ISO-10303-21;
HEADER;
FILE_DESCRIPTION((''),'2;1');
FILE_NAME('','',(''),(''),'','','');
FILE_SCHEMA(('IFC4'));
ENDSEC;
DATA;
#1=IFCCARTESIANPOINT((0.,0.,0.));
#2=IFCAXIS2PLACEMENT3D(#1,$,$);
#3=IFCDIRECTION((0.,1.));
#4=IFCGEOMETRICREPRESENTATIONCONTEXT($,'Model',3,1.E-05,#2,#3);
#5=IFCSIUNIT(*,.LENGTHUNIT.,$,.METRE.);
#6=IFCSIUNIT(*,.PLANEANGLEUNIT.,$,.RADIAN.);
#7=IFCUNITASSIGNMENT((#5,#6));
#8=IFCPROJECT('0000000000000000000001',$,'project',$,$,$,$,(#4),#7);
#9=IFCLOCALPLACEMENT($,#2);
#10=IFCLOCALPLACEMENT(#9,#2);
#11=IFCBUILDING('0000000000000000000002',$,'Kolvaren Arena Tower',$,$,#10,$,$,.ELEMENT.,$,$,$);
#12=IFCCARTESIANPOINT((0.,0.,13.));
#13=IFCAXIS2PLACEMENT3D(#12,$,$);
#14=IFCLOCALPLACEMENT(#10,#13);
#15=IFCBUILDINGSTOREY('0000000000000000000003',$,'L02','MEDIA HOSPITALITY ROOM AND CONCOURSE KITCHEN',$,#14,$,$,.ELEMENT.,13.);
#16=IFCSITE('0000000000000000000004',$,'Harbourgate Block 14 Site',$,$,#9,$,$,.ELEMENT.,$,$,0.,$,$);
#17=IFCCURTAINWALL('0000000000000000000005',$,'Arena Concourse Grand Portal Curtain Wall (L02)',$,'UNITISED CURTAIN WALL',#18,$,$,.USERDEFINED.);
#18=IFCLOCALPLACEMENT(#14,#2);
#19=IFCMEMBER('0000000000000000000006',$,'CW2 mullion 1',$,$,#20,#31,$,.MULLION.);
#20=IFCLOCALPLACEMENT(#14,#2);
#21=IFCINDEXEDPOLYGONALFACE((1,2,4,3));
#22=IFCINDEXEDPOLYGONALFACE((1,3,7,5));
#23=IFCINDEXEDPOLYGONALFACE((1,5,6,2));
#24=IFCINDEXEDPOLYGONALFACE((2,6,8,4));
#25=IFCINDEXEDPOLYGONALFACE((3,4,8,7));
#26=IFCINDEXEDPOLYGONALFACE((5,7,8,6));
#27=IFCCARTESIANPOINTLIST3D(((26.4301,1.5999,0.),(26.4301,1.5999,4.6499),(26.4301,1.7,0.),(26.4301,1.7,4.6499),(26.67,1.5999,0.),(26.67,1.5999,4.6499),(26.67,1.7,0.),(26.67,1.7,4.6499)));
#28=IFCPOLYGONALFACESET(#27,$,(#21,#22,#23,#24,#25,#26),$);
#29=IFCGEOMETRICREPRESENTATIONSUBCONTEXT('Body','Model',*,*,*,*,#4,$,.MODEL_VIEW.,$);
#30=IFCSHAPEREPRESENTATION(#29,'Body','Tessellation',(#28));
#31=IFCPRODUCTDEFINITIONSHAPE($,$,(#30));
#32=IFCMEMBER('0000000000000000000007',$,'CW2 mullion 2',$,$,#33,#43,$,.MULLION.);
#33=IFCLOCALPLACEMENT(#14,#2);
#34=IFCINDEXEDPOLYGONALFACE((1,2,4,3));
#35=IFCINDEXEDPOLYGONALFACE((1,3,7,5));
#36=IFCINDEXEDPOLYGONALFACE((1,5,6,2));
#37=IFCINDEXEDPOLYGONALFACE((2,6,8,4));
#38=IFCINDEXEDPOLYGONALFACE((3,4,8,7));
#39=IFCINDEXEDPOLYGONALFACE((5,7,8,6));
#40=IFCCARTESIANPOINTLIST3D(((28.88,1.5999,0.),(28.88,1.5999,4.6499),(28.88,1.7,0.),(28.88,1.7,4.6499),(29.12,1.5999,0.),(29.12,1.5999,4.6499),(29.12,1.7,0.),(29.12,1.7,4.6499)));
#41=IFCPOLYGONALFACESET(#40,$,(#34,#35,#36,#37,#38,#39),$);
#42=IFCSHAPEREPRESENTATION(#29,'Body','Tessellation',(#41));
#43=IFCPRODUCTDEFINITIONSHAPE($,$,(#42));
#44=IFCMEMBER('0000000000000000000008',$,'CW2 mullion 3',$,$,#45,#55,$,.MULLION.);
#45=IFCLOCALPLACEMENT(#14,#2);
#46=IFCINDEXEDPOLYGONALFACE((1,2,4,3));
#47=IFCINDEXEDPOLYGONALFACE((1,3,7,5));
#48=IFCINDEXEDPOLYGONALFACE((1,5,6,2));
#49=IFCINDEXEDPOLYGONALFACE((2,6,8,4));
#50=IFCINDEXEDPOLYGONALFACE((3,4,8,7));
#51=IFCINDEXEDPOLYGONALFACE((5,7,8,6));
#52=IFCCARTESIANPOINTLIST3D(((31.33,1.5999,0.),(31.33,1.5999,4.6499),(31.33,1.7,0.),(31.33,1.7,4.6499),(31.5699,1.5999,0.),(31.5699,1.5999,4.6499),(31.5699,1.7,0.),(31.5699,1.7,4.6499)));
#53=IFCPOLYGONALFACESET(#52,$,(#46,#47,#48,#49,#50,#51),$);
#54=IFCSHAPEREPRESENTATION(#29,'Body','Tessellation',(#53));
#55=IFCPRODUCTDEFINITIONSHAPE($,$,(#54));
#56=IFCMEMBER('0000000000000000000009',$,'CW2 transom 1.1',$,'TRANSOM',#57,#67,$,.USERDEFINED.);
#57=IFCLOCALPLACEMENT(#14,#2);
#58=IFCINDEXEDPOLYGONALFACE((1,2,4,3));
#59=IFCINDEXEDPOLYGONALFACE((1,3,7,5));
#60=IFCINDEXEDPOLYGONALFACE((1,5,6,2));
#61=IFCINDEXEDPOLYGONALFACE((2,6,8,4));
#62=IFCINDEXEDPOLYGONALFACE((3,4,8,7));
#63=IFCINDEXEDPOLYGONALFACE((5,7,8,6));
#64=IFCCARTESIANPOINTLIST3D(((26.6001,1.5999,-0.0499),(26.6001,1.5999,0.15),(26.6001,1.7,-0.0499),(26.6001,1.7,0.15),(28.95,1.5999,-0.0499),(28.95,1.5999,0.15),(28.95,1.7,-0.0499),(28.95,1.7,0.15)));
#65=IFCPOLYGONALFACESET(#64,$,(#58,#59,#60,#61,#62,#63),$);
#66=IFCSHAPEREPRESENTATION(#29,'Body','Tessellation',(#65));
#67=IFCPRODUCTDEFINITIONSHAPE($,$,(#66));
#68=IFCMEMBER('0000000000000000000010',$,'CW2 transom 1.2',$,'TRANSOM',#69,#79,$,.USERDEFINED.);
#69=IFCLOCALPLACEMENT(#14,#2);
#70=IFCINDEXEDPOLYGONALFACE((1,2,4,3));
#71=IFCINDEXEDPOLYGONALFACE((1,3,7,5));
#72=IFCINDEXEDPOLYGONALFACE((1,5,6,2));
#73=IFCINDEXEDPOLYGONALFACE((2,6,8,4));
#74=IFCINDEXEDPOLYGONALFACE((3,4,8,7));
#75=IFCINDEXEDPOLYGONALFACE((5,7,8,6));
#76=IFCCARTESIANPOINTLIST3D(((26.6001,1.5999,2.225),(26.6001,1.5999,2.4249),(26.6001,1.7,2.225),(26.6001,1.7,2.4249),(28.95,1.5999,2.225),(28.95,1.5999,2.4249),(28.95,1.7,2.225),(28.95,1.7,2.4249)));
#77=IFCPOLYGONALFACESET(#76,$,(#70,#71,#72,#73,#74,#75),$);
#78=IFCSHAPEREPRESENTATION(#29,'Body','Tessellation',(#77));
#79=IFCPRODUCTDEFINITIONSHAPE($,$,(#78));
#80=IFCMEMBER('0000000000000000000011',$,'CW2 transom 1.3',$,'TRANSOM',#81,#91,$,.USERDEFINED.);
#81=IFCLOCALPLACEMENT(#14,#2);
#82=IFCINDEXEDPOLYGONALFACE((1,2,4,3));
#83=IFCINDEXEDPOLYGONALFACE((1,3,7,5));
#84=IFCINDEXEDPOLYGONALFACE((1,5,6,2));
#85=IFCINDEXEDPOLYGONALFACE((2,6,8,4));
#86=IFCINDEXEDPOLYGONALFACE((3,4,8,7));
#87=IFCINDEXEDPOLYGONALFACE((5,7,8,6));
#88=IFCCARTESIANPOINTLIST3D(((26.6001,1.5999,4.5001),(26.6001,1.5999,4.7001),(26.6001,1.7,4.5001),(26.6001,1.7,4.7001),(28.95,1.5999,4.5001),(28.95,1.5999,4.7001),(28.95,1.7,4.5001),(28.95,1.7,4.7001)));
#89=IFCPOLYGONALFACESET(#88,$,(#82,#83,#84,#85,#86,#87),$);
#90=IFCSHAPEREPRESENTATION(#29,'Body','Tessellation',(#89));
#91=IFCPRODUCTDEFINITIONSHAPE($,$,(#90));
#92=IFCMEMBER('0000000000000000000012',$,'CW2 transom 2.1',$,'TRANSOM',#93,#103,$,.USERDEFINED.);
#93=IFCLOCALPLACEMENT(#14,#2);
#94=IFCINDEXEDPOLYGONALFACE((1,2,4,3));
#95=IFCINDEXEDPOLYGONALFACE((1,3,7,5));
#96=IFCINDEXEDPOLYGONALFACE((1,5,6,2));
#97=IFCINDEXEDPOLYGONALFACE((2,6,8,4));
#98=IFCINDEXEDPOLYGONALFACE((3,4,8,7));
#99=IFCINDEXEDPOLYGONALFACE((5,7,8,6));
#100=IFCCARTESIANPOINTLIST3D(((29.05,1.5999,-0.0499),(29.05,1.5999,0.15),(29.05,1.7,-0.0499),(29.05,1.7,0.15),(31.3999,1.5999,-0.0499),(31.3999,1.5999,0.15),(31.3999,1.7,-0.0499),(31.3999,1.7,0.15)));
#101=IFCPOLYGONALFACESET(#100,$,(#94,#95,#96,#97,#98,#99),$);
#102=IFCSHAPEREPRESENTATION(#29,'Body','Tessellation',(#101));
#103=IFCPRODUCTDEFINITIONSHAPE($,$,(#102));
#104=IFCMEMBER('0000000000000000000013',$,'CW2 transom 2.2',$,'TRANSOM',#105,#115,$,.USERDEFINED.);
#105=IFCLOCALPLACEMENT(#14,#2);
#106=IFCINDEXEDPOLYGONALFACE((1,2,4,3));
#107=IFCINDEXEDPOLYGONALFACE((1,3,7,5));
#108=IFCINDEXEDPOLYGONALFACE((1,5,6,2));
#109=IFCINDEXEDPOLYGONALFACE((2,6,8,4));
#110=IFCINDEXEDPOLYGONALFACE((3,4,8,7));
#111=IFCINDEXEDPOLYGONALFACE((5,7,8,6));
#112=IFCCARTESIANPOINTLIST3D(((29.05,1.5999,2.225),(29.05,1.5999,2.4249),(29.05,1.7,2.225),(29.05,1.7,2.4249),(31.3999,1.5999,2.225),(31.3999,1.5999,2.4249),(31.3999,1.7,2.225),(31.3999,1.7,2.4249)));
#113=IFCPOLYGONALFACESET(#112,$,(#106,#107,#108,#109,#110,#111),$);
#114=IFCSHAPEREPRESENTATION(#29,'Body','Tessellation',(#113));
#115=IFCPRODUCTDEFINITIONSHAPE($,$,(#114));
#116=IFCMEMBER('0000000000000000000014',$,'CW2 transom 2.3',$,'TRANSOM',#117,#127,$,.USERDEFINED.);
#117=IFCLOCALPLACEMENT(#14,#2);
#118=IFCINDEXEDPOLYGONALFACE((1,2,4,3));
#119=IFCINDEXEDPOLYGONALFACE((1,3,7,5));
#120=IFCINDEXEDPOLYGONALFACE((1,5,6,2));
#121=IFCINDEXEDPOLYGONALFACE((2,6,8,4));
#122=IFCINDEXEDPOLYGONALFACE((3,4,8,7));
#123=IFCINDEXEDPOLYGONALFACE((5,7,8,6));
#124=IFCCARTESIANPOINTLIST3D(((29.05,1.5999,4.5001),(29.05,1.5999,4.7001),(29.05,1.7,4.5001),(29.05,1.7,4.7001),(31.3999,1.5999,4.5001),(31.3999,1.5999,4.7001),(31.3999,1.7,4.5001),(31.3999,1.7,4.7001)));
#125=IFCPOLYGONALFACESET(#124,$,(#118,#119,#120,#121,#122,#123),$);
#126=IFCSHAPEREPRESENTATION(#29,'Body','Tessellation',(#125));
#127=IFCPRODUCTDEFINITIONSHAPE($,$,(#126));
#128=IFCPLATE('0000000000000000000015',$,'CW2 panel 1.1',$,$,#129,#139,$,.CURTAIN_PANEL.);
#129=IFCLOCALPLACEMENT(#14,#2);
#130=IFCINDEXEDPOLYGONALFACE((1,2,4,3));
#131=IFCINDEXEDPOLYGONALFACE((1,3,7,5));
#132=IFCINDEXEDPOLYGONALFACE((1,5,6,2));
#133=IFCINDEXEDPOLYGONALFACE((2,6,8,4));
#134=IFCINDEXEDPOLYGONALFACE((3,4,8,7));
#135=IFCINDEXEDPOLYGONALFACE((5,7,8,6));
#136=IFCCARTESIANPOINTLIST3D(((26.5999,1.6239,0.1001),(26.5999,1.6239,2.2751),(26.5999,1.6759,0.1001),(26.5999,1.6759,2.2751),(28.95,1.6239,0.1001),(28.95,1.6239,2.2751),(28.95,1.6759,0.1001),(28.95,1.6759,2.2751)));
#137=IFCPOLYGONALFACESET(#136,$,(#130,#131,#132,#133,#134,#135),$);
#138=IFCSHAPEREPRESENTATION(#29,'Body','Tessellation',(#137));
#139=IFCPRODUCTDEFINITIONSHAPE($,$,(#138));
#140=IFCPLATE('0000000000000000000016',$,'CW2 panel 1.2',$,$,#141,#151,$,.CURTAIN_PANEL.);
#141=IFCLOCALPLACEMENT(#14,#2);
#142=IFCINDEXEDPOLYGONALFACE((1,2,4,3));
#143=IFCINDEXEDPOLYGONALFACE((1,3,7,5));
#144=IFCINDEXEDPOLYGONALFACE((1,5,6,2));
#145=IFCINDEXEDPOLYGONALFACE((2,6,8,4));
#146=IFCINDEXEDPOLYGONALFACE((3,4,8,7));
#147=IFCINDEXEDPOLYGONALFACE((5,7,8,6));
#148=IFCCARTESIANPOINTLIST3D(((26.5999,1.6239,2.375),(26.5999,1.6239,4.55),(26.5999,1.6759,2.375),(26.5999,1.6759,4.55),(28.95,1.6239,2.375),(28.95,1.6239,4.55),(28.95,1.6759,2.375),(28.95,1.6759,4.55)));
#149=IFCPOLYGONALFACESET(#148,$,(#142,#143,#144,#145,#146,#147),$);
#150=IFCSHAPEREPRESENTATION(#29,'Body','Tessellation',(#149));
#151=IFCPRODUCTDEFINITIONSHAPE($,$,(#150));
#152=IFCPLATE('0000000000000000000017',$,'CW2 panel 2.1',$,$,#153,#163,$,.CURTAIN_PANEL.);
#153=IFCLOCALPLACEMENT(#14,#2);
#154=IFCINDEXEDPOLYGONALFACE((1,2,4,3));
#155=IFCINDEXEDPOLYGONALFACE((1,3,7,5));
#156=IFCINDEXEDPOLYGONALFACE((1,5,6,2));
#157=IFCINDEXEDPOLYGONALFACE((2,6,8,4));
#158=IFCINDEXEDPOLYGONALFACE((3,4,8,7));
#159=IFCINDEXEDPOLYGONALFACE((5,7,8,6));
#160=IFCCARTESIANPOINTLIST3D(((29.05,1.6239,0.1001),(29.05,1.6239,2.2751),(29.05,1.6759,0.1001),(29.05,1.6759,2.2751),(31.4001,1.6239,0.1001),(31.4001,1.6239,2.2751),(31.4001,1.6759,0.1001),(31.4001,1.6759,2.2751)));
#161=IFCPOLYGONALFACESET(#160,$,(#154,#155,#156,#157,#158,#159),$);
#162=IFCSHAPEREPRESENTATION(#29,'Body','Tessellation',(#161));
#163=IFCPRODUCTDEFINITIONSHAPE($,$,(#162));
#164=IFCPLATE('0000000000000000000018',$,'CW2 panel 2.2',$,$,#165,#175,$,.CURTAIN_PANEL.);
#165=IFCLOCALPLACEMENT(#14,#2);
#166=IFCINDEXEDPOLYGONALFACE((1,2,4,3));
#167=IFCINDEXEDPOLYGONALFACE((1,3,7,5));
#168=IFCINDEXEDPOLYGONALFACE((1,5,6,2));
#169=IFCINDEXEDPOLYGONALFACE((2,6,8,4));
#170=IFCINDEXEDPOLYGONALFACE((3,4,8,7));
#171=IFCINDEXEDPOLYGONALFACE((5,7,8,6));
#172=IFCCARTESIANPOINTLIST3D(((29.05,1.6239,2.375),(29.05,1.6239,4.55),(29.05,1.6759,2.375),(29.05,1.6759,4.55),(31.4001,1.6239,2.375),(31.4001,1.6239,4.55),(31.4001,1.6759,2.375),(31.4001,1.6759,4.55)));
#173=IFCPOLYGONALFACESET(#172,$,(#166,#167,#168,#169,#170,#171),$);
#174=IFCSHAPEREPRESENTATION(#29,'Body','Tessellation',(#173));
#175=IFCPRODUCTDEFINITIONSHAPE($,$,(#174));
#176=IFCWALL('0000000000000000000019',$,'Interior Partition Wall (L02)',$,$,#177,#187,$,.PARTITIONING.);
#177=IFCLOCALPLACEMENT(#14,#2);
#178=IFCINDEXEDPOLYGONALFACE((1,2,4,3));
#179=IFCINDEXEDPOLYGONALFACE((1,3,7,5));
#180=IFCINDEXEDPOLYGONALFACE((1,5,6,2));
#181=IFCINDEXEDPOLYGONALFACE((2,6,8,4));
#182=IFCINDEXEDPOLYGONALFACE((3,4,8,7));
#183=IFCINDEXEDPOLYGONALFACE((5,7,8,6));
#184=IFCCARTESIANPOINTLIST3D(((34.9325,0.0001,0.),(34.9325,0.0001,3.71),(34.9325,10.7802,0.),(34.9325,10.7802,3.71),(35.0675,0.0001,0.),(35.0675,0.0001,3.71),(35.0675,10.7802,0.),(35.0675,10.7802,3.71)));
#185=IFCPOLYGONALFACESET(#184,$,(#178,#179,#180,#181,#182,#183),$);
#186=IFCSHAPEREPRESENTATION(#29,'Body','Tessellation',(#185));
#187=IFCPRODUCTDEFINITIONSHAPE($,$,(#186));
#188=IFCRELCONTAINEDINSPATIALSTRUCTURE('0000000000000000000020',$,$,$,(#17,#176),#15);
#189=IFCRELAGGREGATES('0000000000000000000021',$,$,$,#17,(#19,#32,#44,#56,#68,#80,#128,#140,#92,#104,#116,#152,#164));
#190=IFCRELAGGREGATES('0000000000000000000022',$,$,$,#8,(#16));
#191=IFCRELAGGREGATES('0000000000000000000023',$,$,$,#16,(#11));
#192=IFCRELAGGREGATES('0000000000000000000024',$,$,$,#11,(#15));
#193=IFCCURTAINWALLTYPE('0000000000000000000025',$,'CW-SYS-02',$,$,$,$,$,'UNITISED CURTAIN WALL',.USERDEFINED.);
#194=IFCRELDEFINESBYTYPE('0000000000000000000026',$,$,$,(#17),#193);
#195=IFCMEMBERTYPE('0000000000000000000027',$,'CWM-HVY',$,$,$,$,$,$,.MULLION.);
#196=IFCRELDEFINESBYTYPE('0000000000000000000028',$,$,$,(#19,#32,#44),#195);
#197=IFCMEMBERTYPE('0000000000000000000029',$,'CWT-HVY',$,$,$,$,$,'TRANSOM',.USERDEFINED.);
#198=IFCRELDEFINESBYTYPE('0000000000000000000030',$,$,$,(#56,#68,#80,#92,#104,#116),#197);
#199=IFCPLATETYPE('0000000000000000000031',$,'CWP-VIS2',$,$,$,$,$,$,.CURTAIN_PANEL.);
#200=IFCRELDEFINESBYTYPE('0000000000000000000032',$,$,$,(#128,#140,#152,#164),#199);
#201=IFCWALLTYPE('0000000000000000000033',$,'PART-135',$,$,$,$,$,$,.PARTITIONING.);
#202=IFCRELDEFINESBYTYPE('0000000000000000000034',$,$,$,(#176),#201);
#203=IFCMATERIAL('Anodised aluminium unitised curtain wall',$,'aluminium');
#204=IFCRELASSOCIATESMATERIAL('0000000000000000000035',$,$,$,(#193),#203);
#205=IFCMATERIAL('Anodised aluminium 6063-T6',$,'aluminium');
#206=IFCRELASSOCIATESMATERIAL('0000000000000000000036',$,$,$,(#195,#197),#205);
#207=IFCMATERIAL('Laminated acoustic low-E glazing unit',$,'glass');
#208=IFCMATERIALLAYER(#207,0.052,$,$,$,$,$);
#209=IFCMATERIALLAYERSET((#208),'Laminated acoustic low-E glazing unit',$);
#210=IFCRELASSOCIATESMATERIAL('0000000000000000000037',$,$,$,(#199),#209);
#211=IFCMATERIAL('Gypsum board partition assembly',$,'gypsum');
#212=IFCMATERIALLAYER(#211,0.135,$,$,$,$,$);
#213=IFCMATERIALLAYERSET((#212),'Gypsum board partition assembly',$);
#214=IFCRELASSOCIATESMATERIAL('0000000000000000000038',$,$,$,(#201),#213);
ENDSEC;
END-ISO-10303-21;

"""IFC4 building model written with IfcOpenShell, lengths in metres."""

from ifc_helpers import new_model, si_unit, direction, frame, frame_2d, origin, origin_2d, place, context, subcontext, project, spatial, rectangle, extrude, material, layer, layer_set, material_profile, profile_set, type_object, element, aggregate, save


model = new_model("IFC4")

# Units and contexts
model_context = context("Model", 3, precision=1e-05, world=origin(), true_north=direction((0.0, 1.0)))
body_context = subcontext(model_context, "Body", "Model", "MODEL_VIEW")
ifc_project = project(units=[si_unit("LENGTHUNIT", "METRE"), si_unit("PLANEANGLEUNIT", "RADIAN")], contexts=[model_context])

# Site, building, storey
site_placement = place(None, origin())
site = spatial("IfcSite", under=ifc_project, at=site_placement, Name="Harbourgate Block 14 Site", CompositionType="ELEMENT", RefElevation=0.0)
building_placement = place(site_placement, origin())
building = spatial("IfcBuilding", under=site, at=building_placement, Name="Kolvaren Arena Tower", CompositionType="ELEMENT")
storey_placement = place(building_placement, frame((0.0, 0.0, 13.0)))
storey = spatial("IfcBuildingStorey", under=building, at=storey_placement, Name="L02", Description="MEDIA HOSPITALITY ROOM AND CONCOURSE KITCHEN", CompositionType="ELEMENT", Elevation=13.0)

# Curtain wall, members, plates
ifc_material_1 = material(Name="Anodised aluminium unitised curtain wall", Category="aluminium")
curtain_wall_type = type_object("IfcCurtainWallType", Name="CW-SYS-02", ElementType="UNITISED CURTAIN WALL", PredefinedType="USERDEFINED", material=ifc_material_1)
curtain_wall_placement = place(storey_placement, origin())
curtain_wall = element("IfcCurtainWall", 1, at=curtain_wall_placement, inside=storey, type_object=curtain_wall_type, Name="Arena Concourse Grand Portal Curtain Wall (L02)", ObjectType="UNITISED CURTAIN WALL", PredefinedType="USERDEFINED")
ifc_material_2 = material(Name="Anodised aluminium 6063-T6", Category="aluminium")
ifc_material_profile_1 = material_profile(ifc_material_2, rectangle(XDim=0.1001, YDim=0.24, at=origin_2d()), Name="ALU-100x240")
ifc_profile_set_1 = profile_set([ifc_material_profile_1], Name="Anodised aluminium 6063-T6")
member_type_1 = type_object("IfcMemberType", Name="CWM-HVY", PredefinedType="MULLION", material=ifc_profile_set_1)
member_1_placement = place(storey_placement, frame((26.55, 1.6499, 0.0), z_axis=(0.0, 0.0, 1.0), x_axis=(0.0, 1.0, 0.0)))
member_1 = element("IfcMember", 2, at=member_1_placement, type_object=member_type_1, Name="CW2 mullion 1", PredefinedType="MULLION", context=body_context, shape_type="SweptSolid", body=[
    extrude(rectangle(XDim=0.1001, YDim=0.24, at=origin_2d()), origin(), (0.0, 0.0, 1.0), 4.6499),
])
member_2_placement = place(storey_placement, frame((29.0, 1.6499, 0.0), z_axis=(0.0, 0.0, 1.0), x_axis=(0.0, 1.0, 0.0)))
member_2 = element("IfcMember", 3, at=member_2_placement, type_object=member_type_1, Name="CW2 mullion 2", PredefinedType="MULLION", context=body_context, shape_type="SweptSolid", body=[
    extrude(rectangle(XDim=0.1001, YDim=0.24, at=origin_2d()), origin(), (0.0, 0.0, 1.0), 4.6499),
])
member_3_placement = place(storey_placement, frame((31.45, 1.6499, 0.0), z_axis=(0.0, 0.0, 1.0), x_axis=(0.0, 1.0, 0.0)))
member_3 = element("IfcMember", 4, at=member_3_placement, type_object=member_type_1, Name="CW2 mullion 3", PredefinedType="MULLION", context=body_context, shape_type="SweptSolid", body=[
    extrude(rectangle(XDim=0.1001, YDim=0.24, at=origin_2d()), origin(), (0.0, 0.0, 1.0), 4.6499),
])
ifc_material_profile_2 = material_profile(ifc_material_2, rectangle(XDim=0.1001, YDim=0.2, at=origin_2d()), Name="ALU-100x200")
ifc_profile_set_2 = profile_set([ifc_material_profile_2], Name="Anodised aluminium 6063-T6")
member_type_2 = type_object("IfcMemberType", Name="CWT-HVY", ElementType="TRANSOM", PredefinedType="USERDEFINED", material=ifc_profile_set_2)
member_4_placement = place(storey_placement, frame((26.6001, 1.6499, 0.05), z_axis=(1.0, 0.0, 0.0), x_axis=(0.0, 1.0, 0.0)))
member_4 = element("IfcMember", 5, at=member_4_placement, type_object=member_type_2, Name="CW2 transom 1.1", ObjectType="TRANSOM", PredefinedType="USERDEFINED", context=body_context, shape_type="SweptSolid", body=[
    extrude(rectangle(XDim=0.1001, YDim=0.2, at=origin_2d()), origin(), (0.0, 0.0, 1.0), 2.3499),
])
member_5_placement = place(storey_placement, frame((26.6001, 1.6499, 2.325), z_axis=(1.0, 0.0, 0.0), x_axis=(0.0, 1.0, 0.0)))
member_5 = element("IfcMember", 6, at=member_5_placement, type_object=member_type_2, Name="CW2 transom 1.2", ObjectType="TRANSOM", PredefinedType="USERDEFINED", context=body_context, shape_type="SweptSolid", body=[
    extrude(rectangle(XDim=0.1001, YDim=0.2, at=origin_2d()), origin(), (0.0, 0.0, 1.0), 2.3499),
])
member_6_placement = place(storey_placement, frame((26.6001, 1.6499, 4.6001), z_axis=(1.0, 0.0, 0.0), x_axis=(0.0, 1.0, 0.0)))
member_6 = element("IfcMember", 7, at=member_6_placement, type_object=member_type_2, Name="CW2 transom 1.3", ObjectType="TRANSOM", PredefinedType="USERDEFINED", context=body_context, shape_type="SweptSolid", body=[
    extrude(rectangle(XDim=0.1001, YDim=0.2, at=origin_2d()), origin(), (0.0, 0.0, 1.0), 2.3499),
])
member_7_placement = place(storey_placement, frame((29.05, 1.6499, 0.05), z_axis=(1.0, 0.0, 0.0), x_axis=(0.0, 1.0, 0.0)))
member_7 = element("IfcMember", 8, at=member_7_placement, type_object=member_type_2, Name="CW2 transom 2.1", ObjectType="TRANSOM", PredefinedType="USERDEFINED", context=body_context, shape_type="SweptSolid", body=[
    extrude(rectangle(XDim=0.1001, YDim=0.2, at=origin_2d()), origin(), (0.0, 0.0, 1.0), 2.3499),
])
member_8_placement = place(storey_placement, frame((29.05, 1.6499, 2.325), z_axis=(1.0, 0.0, 0.0), x_axis=(0.0, 1.0, 0.0)))
member_8 = element("IfcMember", 9, at=member_8_placement, type_object=member_type_2, Name="CW2 transom 2.2", ObjectType="TRANSOM", PredefinedType="USERDEFINED", context=body_context, shape_type="SweptSolid", body=[
    extrude(rectangle(XDim=0.1001, YDim=0.2, at=origin_2d()), origin(), (0.0, 0.0, 1.0), 2.3499),
])
member_9_placement = place(storey_placement, frame((29.05, 1.6499, 4.6001), z_axis=(1.0, 0.0, 0.0), x_axis=(0.0, 1.0, 0.0)))
member_9 = element("IfcMember", 10, at=member_9_placement, type_object=member_type_2, Name="CW2 transom 2.3", ObjectType="TRANSOM", PredefinedType="USERDEFINED", context=body_context, shape_type="SweptSolid", body=[
    extrude(rectangle(XDim=0.1001, YDim=0.2, at=origin_2d()), origin(), (0.0, 0.0, 1.0), 2.3499),
])
ifc_material_3 = material(Name="Laminated acoustic low-E glazing unit", Category="glass")
ifc_layer_1 = layer(ifc_material_3, 0.052)
ifc_layer_set_1 = layer_set([ifc_layer_1], Name="Laminated acoustic low-E glazing unit")
plate_type = type_object("IfcPlateType", Name="CWP-VIS2", PredefinedType="CURTAIN_PANEL", material=ifc_layer_set_1)
plate_1_placement = place(storey_placement, frame((27.7749, 1.6499, 0.1001), z_axis=(0.0, 0.0, 1.0), x_axis=(1.0, 0.0, 0.0)))
plate_1 = element("IfcPlate", 11, at=plate_1_placement, type_object=plate_type, Name="CW2 panel 1.1", PredefinedType="CURTAIN_PANEL", context=body_context, shape_type="SweptSolid", body=[
    extrude(rectangle(XDim=2.3501, YDim=0.052, at=origin_2d()), origin(), (0.0, 0.0, 1.0), 2.175),
])
plate_2_placement = place(storey_placement, frame((27.7749, 1.6499, 2.375), z_axis=(0.0, 0.0, 1.0), x_axis=(1.0, 0.0, 0.0)))
plate_2 = element("IfcPlate", 12, at=plate_2_placement, type_object=plate_type, Name="CW2 panel 1.2", PredefinedType="CURTAIN_PANEL", context=body_context, shape_type="SweptSolid", body=[
    extrude(rectangle(XDim=2.3501, YDim=0.052, at=origin_2d()), origin(), (0.0, 0.0, 1.0), 2.175),
])
plate_3_placement = place(storey_placement, frame((30.2251, 1.6499, 0.1001), z_axis=(0.0, 0.0, 1.0), x_axis=(1.0, 0.0, 0.0)))
plate_3 = element("IfcPlate", 13, at=plate_3_placement, type_object=plate_type, Name="CW2 panel 2.1", PredefinedType="CURTAIN_PANEL", context=body_context, shape_type="SweptSolid", body=[
    extrude(rectangle(XDim=2.3501, YDim=0.052, at=origin_2d()), origin(), (0.0, 0.0, 1.0), 2.175),
])
plate_4_placement = place(storey_placement, frame((30.2251, 1.6499, 2.375), z_axis=(0.0, 0.0, 1.0), x_axis=(1.0, 0.0, 0.0)))
plate_4 = element("IfcPlate", 14, at=plate_4_placement, type_object=plate_type, Name="CW2 panel 2.2", PredefinedType="CURTAIN_PANEL", context=body_context, shape_type="SweptSolid", body=[
    extrude(rectangle(XDim=2.3501, YDim=0.052, at=origin_2d()), origin(), (0.0, 0.0, 1.0), 2.175),
])
aggregate(curtain_wall, [member_1, member_2, member_3, member_4, member_5, member_6, plate_1, plate_2, member_7, member_8, member_9, plate_3, plate_4])

# Wall
ifc_material_4 = material(Name="Gypsum board partition assembly", Category="gypsum")
ifc_layer_2 = layer(ifc_material_4, 0.135)
ifc_layer_set_2 = layer_set([ifc_layer_2], Name="Gypsum board partition assembly")
wall_type_1 = type_object("IfcWallType", Name="PART-135", PredefinedType="PARTITIONING", material=ifc_layer_set_2)
wall_1_placement = place(storey_placement, frame((35.0, 0.0, 0.0), z_axis=(0.0, 0.0, 1.0), x_axis=(0.0, 1.0, 0.0)))
element("IfcWall", 15, at=wall_1_placement, inside=storey, type_object=wall_type_1, Name="Interior Partition Wall (L02)", PredefinedType="PARTITIONING", context=body_context, shape_type="SweptSolid", body=[
    extrude(rectangle(XDim=10.78, YDim=0.135, at=frame_2d((5.3901, 0.0))), origin(), (0.0, 0.0, 1.0), 3.71),
])

save(model, "model.ifc")
